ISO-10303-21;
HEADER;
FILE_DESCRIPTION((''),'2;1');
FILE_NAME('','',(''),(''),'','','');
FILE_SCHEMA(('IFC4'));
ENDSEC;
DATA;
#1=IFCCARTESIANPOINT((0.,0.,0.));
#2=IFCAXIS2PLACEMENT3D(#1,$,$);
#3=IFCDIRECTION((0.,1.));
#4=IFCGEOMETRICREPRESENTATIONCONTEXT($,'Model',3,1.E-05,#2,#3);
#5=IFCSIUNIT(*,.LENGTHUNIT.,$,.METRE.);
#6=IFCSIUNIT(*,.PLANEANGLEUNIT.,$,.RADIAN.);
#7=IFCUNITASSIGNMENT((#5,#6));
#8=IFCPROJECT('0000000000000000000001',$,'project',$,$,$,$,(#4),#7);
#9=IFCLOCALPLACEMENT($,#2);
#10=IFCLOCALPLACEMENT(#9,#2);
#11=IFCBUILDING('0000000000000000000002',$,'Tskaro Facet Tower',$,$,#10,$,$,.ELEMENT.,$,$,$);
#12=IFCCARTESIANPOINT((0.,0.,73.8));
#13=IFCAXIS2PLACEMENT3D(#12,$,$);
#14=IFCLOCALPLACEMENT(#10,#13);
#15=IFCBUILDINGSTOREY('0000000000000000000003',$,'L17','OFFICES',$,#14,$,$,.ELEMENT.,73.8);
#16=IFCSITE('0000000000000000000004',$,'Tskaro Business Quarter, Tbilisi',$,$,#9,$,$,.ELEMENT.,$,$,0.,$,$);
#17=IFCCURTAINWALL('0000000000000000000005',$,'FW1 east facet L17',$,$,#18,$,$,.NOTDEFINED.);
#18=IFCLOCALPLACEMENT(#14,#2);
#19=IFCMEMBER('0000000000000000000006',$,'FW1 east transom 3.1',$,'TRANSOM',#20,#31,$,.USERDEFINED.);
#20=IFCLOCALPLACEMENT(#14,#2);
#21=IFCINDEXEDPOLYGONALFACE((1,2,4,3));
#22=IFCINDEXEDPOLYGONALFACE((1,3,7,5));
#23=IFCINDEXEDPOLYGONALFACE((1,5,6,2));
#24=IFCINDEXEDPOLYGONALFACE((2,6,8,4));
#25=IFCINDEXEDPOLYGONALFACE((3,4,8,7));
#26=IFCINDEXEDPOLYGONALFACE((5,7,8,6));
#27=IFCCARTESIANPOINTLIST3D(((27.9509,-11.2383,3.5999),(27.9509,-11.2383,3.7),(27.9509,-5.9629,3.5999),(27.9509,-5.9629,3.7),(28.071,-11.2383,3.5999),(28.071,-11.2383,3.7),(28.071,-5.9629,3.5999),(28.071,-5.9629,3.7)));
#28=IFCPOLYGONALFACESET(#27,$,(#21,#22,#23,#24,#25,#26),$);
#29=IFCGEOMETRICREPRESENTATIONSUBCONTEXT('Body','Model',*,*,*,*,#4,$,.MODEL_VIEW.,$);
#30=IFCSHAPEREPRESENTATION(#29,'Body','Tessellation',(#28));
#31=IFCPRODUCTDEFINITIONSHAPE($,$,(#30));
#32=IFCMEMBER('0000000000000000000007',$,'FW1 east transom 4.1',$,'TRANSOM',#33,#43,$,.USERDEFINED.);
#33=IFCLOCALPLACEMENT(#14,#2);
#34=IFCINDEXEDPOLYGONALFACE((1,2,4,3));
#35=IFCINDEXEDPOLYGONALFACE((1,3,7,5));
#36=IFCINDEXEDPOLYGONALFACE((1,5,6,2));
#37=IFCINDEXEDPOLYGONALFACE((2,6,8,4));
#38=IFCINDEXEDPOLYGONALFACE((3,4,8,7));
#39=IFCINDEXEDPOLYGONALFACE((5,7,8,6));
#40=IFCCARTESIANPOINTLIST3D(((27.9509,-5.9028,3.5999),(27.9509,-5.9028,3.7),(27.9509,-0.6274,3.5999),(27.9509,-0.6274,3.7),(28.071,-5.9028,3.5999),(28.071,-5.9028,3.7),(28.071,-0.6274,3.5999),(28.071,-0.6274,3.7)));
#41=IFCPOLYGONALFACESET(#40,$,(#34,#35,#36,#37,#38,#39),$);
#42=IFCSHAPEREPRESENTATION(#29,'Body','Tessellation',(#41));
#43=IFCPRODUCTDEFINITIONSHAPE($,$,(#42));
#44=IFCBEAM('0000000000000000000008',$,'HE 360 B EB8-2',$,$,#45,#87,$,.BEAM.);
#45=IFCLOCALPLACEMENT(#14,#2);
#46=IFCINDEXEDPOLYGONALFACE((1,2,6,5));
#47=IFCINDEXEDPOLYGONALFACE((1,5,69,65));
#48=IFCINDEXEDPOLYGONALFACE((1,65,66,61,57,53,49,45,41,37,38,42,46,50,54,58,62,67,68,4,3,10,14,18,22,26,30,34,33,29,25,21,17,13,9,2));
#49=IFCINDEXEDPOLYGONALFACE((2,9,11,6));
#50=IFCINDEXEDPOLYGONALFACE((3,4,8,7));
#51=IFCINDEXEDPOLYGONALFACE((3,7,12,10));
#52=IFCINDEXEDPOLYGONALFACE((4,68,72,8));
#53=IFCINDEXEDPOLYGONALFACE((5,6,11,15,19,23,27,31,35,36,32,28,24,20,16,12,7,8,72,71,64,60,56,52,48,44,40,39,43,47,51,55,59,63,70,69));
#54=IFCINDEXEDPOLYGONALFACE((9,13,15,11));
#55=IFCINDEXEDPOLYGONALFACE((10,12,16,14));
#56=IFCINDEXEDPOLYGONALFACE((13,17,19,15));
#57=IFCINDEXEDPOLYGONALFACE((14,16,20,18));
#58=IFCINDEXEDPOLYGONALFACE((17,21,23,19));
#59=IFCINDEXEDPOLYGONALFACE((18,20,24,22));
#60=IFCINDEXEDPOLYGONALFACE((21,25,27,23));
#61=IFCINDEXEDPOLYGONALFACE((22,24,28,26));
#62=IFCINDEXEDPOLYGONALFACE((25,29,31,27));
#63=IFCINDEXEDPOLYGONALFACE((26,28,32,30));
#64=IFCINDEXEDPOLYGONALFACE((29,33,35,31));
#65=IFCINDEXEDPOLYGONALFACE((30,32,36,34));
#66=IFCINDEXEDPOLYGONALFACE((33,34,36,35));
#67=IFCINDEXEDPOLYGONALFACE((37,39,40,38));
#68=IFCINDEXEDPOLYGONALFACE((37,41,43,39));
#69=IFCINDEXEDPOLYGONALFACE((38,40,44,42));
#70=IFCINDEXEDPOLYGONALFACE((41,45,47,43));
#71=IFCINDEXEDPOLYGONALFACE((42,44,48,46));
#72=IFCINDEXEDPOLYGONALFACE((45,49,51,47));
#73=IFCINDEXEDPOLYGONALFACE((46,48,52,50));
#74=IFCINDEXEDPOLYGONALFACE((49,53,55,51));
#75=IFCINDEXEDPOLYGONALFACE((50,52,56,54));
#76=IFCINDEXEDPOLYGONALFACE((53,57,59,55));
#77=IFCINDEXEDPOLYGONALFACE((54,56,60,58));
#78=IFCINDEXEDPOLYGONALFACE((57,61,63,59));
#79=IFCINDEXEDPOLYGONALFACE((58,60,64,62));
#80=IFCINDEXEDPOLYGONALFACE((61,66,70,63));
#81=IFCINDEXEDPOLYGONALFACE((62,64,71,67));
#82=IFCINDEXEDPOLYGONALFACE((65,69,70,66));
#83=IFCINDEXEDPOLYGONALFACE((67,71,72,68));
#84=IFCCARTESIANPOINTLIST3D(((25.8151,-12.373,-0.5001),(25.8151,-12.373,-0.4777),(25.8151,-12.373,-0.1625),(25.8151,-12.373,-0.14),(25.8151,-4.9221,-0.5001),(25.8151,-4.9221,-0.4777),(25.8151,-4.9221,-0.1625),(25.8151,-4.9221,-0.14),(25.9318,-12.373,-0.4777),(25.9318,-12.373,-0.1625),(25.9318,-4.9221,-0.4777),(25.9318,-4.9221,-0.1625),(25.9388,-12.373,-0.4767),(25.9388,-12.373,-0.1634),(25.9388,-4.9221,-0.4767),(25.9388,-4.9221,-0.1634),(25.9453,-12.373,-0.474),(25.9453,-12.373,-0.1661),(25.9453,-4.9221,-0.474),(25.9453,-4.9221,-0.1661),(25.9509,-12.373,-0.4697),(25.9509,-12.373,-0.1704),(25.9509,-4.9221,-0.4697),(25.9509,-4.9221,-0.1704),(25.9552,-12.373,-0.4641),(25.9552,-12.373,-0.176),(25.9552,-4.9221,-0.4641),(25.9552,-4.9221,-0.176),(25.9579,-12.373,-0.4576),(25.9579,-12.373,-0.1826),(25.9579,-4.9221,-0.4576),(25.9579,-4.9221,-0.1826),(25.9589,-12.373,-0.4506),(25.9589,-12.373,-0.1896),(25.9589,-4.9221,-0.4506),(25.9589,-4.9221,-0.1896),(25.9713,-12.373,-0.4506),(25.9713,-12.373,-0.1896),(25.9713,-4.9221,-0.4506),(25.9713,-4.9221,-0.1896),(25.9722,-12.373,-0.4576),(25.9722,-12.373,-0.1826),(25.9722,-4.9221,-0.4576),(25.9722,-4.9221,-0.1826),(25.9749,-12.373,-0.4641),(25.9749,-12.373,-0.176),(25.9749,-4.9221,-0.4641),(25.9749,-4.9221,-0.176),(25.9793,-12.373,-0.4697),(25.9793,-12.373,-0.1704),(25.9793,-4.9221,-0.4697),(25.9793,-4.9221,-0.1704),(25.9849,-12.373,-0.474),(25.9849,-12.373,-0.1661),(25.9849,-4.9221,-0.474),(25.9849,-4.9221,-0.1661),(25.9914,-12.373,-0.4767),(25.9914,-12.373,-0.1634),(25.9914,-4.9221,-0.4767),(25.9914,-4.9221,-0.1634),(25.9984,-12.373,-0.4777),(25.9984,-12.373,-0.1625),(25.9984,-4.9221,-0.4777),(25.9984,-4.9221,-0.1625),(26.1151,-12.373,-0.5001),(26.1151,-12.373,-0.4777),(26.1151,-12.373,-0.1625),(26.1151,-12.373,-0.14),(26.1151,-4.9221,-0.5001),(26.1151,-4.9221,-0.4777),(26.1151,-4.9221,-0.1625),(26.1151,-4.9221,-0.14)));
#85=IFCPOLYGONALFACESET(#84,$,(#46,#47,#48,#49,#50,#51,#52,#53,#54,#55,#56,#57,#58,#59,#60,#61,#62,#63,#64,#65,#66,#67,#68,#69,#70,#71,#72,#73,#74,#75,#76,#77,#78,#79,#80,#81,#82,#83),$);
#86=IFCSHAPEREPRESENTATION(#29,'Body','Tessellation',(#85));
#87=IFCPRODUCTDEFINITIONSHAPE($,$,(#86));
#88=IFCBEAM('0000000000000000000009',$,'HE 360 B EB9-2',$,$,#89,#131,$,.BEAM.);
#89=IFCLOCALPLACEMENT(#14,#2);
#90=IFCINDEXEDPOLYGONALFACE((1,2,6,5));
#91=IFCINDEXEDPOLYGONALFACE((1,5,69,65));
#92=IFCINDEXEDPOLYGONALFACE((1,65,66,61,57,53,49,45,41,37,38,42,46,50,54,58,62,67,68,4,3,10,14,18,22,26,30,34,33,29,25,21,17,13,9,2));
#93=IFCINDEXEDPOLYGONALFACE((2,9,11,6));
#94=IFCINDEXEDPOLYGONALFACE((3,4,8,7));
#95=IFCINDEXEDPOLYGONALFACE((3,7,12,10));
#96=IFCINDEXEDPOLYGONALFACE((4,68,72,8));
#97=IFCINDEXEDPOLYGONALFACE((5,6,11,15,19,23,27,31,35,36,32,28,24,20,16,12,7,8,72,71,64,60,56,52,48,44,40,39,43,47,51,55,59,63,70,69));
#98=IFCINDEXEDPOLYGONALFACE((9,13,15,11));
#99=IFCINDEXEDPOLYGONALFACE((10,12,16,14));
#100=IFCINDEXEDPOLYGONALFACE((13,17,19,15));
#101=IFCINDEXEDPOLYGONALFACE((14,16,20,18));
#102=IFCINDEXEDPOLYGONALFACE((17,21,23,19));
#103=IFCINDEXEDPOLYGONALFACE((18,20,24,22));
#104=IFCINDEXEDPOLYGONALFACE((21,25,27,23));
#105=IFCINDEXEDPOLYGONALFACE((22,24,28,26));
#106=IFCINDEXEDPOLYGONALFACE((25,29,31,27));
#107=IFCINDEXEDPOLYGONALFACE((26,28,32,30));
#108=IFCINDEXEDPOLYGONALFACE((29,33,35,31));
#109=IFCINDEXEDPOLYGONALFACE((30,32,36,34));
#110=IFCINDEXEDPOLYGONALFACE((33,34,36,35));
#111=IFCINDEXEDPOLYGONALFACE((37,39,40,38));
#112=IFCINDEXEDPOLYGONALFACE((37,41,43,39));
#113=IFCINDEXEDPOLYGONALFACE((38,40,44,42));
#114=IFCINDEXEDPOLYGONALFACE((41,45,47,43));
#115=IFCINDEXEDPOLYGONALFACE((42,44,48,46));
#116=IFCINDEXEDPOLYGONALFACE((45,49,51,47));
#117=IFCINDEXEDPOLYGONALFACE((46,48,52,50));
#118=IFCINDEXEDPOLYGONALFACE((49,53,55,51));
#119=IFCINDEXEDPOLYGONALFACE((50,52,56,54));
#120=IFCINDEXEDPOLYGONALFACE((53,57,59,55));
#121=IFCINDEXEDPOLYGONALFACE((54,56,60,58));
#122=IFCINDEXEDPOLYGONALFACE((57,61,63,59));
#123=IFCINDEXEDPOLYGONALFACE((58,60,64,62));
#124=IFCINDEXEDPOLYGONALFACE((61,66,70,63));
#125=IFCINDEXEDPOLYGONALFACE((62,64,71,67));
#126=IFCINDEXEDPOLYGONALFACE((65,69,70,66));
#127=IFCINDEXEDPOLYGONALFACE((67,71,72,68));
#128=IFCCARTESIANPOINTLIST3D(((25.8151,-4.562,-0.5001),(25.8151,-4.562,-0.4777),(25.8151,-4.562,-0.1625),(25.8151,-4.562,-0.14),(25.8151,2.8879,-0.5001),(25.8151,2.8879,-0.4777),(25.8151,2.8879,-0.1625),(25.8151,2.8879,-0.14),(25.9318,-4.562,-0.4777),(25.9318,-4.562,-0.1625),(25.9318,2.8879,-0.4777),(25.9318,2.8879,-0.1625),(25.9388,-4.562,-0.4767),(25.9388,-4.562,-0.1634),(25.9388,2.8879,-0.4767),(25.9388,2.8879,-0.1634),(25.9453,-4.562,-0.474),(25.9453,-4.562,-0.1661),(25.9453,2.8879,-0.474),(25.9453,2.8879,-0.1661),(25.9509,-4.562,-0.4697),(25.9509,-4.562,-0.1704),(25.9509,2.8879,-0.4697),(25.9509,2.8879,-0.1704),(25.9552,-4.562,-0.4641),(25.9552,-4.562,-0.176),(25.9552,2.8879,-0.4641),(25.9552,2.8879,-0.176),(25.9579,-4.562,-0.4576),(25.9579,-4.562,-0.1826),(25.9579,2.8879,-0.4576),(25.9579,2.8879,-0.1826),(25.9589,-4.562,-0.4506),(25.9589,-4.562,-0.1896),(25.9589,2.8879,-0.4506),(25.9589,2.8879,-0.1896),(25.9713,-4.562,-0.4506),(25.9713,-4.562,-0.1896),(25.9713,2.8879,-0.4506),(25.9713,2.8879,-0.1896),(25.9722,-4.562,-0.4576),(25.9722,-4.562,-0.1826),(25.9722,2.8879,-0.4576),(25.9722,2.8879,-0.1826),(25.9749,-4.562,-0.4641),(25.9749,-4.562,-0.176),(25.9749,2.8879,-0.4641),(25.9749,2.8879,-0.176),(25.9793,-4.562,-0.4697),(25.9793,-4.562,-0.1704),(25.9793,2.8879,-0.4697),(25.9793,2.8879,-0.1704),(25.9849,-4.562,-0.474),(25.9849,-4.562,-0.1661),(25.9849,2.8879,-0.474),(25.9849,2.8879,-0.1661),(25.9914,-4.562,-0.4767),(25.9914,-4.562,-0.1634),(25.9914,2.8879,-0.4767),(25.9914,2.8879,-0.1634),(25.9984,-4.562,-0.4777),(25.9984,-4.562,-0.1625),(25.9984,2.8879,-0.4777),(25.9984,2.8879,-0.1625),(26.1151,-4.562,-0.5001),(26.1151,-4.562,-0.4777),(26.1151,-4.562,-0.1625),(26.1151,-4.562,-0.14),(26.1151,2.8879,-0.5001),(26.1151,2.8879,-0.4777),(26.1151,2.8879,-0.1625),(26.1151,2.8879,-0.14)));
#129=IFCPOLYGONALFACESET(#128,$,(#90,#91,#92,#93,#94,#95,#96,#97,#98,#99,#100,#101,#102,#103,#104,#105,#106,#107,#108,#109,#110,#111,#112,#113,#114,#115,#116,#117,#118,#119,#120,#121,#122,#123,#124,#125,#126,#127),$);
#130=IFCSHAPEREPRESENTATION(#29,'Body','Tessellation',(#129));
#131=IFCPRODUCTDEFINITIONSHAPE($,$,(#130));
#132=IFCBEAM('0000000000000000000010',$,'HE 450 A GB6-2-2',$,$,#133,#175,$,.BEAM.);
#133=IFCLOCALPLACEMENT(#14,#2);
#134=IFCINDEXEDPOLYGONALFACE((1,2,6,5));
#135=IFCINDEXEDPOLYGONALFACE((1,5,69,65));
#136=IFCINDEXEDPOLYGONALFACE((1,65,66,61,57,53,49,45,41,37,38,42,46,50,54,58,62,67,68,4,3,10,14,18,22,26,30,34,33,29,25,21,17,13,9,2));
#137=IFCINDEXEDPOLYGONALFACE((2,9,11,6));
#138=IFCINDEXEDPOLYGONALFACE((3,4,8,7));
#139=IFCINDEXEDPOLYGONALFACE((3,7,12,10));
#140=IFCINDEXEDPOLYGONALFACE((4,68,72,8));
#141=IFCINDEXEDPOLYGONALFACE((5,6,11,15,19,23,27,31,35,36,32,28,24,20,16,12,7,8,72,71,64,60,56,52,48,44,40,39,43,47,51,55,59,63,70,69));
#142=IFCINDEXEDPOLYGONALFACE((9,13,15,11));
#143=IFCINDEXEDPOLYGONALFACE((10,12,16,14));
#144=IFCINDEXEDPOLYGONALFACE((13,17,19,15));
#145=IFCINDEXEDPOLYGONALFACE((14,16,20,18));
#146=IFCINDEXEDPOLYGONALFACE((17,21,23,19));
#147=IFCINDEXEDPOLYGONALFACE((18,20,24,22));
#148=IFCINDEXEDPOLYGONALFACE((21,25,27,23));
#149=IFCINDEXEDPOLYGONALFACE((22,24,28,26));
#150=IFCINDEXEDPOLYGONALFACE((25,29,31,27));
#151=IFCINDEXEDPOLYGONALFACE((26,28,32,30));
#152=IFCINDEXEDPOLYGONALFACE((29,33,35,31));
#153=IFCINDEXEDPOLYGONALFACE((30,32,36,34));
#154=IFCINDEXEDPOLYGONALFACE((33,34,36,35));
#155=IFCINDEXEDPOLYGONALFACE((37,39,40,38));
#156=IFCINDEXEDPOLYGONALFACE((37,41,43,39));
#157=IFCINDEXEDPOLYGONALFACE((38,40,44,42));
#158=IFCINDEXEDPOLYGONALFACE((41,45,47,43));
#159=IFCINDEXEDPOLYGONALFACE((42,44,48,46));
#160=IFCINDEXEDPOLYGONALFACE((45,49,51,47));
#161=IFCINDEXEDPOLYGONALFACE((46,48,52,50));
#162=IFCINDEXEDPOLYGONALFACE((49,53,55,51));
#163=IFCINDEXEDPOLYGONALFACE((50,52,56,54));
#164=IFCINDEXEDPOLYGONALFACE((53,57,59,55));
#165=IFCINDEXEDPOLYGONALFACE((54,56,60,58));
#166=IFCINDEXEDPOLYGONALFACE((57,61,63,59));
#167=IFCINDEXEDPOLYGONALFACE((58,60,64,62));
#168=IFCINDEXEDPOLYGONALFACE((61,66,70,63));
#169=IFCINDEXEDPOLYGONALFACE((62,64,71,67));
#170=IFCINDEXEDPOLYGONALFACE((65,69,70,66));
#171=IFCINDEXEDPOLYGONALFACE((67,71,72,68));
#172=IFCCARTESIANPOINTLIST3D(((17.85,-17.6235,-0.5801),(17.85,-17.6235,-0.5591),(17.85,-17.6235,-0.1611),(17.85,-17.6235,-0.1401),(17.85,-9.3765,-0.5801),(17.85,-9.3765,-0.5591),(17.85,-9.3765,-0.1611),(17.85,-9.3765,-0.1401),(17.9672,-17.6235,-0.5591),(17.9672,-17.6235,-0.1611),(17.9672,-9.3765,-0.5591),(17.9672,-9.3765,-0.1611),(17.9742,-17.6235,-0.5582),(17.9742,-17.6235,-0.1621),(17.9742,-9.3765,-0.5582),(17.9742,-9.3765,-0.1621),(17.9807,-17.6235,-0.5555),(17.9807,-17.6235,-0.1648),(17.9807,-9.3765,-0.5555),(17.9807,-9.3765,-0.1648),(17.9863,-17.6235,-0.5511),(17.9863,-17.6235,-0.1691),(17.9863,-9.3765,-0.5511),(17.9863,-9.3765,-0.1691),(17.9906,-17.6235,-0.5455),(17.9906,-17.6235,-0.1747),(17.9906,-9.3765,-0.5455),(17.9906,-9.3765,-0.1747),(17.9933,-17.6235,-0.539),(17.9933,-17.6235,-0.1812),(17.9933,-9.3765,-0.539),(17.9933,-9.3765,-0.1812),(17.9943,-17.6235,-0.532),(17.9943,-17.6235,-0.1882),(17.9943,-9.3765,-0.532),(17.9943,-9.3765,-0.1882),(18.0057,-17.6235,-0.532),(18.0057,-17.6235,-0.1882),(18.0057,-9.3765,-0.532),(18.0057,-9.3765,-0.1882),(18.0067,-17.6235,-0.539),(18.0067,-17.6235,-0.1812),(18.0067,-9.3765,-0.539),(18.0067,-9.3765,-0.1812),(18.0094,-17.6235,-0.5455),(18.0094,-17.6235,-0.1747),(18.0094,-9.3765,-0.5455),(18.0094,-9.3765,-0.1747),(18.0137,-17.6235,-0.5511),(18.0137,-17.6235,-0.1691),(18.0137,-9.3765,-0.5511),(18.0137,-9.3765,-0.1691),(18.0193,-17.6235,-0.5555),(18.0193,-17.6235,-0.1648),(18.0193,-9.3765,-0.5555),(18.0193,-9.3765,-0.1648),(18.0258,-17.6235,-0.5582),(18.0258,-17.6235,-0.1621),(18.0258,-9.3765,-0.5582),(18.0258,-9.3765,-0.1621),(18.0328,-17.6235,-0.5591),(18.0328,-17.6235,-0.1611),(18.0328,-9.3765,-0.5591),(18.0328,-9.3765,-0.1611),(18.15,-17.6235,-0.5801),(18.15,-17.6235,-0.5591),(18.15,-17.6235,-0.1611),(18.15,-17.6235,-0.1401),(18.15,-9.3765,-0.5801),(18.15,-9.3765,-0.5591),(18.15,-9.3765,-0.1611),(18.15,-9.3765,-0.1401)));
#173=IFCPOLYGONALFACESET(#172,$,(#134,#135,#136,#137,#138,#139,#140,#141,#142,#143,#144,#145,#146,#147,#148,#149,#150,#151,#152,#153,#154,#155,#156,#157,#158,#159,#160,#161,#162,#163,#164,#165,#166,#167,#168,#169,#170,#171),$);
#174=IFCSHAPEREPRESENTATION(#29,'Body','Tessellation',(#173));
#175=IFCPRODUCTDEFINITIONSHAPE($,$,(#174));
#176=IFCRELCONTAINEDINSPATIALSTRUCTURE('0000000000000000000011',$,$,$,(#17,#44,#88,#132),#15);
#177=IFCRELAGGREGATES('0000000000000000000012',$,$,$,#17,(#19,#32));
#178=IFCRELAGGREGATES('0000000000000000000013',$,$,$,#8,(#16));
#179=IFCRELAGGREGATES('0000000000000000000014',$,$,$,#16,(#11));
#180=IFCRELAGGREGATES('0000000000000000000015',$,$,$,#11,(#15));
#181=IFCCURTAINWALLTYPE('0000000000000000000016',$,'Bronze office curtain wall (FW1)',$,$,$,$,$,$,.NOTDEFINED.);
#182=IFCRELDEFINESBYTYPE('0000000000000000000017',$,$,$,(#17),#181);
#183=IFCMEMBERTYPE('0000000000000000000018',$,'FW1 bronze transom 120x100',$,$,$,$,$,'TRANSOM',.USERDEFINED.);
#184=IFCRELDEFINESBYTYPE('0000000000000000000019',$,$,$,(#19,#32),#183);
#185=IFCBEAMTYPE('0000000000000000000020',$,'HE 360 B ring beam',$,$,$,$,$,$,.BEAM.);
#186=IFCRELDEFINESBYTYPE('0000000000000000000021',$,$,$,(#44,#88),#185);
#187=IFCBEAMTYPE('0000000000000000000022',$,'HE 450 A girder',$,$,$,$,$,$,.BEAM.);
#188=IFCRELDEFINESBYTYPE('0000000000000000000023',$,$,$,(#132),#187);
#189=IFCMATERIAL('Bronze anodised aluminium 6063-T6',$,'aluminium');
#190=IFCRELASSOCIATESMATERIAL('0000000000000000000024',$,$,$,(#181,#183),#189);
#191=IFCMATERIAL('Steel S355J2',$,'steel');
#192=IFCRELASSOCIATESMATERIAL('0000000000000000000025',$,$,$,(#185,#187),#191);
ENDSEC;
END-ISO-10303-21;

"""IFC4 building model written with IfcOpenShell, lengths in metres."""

from ifc_helpers import new_model, si_unit, direction, frame, origin, origin_2d, place, context, subcontext, project, spatial, rectangle, i_section, extrude, material, material_profile, profile_set, type_object, element, aggregate, save


model = new_model("IFC4")

# Units and contexts
model_context = context("Model", 3, precision=1e-05, world=origin(), true_north=direction((0.0, 1.0)))
body_context = subcontext(model_context, "Body", "Model", "MODEL_VIEW")
ifc_project = project(units=[si_unit("LENGTHUNIT", "METRE"), si_unit("PLANEANGLEUNIT", "RADIAN")], contexts=[model_context])

# Site, building, storey
site_placement = place(None, origin())
site = spatial("IfcSite", under=ifc_project, at=site_placement, Name="Tskaro Business Quarter, Tbilisi", CompositionType="ELEMENT", RefElevation=0.0)
building_placement = place(site_placement, origin())
building = spatial("IfcBuilding", under=site, at=building_placement, Name="Tskaro Facet Tower", CompositionType="ELEMENT")
storey_placement = place(building_placement, frame((0.0, 0.0, 73.8)))
storey = spatial("IfcBuildingStorey", under=building, at=storey_placement, Name="L17", Description="OFFICES", CompositionType="ELEMENT", Elevation=73.8)

# Curtain wall, members
ifc_material_1 = material(Name="Bronze anodised aluminium 6063-T6", Category="aluminium")
curtain_wall_type = type_object("IfcCurtainWallType", Name="Bronze office curtain wall (FW1)", PredefinedType="NOTDEFINED", material=ifc_material_1)
curtain_wall_placement = place(storey_placement, origin())
curtain_wall = element("IfcCurtainWall", 1, at=curtain_wall_placement, inside=storey, type_object=curtain_wall_type, Name="FW1 east facet L17", PredefinedType="NOTDEFINED")
ifc_material_profile_1 = material_profile(ifc_material_1, rectangle(XDim=0.1201, YDim=0.1001, at=origin_2d()), Name="Transom 120x100")
ifc_profile_set_1 = profile_set([ifc_material_profile_1], Name="Bronze anodised aluminium 6063-T6")
member_type_1 = type_object("IfcMemberType", Name="FW1 bronze transom 120x100", ElementType="TRANSOM", PredefinedType="USERDEFINED", material=ifc_profile_set_1)
member_1_placement = place(storey_placement, frame((28.011, -11.2383, 3.6499), z_axis=(0.0, 1.0, 0.0), x_axis=(-1.0, 0.0, 0.0)))
member_1 = element("IfcMember", 2, at=member_1_placement, type_object=member_type_1, Name="FW1 east transom 3.1", ObjectType="TRANSOM", PredefinedType="USERDEFINED", context=body_context, shape_type="SweptSolid", body=[
    extrude(rectangle(XDim=0.1201, YDim=0.1001, at=origin_2d()), origin(), (0.0, 0.0, 1.0), 5.2754),
])
member_2_placement = place(storey_placement, frame((28.011, -5.9028, 3.6499), z_axis=(0.0, 1.0, 0.0), x_axis=(-1.0, 0.0, 0.0)))
member_2 = element("IfcMember", 3, at=member_2_placement, type_object=member_type_1, Name="FW1 east transom 4.1", ObjectType="TRANSOM", PredefinedType="USERDEFINED", context=body_context, shape_type="SweptSolid", body=[
    extrude(rectangle(XDim=0.1201, YDim=0.1001, at=origin_2d()), origin(), (0.0, 0.0, 1.0), 5.2754),
])

# Beams
ifc_material_2 = material(Name="Steel S355J2", Category="steel")
ifc_material_profile_2 = material_profile(ifc_material_2, i_section(OverallWidth=0.3, OverallDepth=0.3601, WebThickness=0.0125, FlangeThickness=0.0225, FilletRadius=0.0271, at=origin_2d()), Name="HE 360 B")
ifc_profile_set_2 = profile_set([ifc_material_profile_2], Name="Steel S355J2")
beam_type_1 = type_object("IfcBeamType", Name="HE 360 B ring beam", PredefinedType="BEAM", material=ifc_profile_set_2)
beam_1_placement = place(storey_placement, frame((25.9651, -12.373, -0.3201), z_axis=(0.0, 1.0, 0.0), x_axis=(-1.0, 0.0, 0.0)))
element("IfcBeam", 4, at=beam_1_placement, inside=storey, type_object=beam_type_1, Name="HE 360 B EB8-2", PredefinedType="BEAM", context=body_context, shape_type="SweptSolid", body=[
    extrude(i_section(OverallWidth=0.3, OverallDepth=0.3601, WebThickness=0.0125, FlangeThickness=0.0225, FilletRadius=0.0271, at=origin_2d()), origin(), (0.0, 0.0, 1.0), 7.4509),
])
beam_2_placement = place(storey_placement, frame((25.9651, -4.562, -0.3201), z_axis=(0.0, 1.0, 0.0), x_axis=(-1.0, 0.0, 0.0)))
element("IfcBeam", 5, at=beam_2_placement, inside=storey, type_object=beam_type_1, Name="HE 360 B EB9-2", PredefinedType="BEAM", context=body_context, shape_type="SweptSolid", body=[
    extrude(i_section(OverallWidth=0.3, OverallDepth=0.3601, WebThickness=0.0125, FlangeThickness=0.0225, FilletRadius=0.0271, at=origin_2d()), origin(), (0.0, 0.0, 1.0), 7.45),
])
ifc_material_profile_3 = material_profile(ifc_material_2, i_section(OverallWidth=0.3, OverallDepth=0.4399, WebThickness=0.0115, FlangeThickness=0.021, FilletRadius=0.0271, at=origin_2d()), Name="HE 450 A")
ifc_profile_set_3 = profile_set([ifc_material_profile_3], Name="Steel S355J2")
beam_type_2 = type_object("IfcBeamType", Name="HE 450 A girder", PredefinedType="BEAM", material=ifc_profile_set_3)
for number, where, z_axis, x_axis, name in (
    (6, (18.0, -17.6235, -0.3601), (0.0, 1.0, 0.0), (-1.0, 0.0, 0.0), "HE 450 A GB6-2-2"),
):
    element("IfcBeam", number, at=place(storey_placement, frame(where, z_axis=z_axis, x_axis=x_axis)), inside=storey, type_object=beam_type_2, Name=name, PredefinedType="BEAM", context=body_context, shape_type="SweptSolid", body=[
        extrude(i_section(OverallWidth=0.3, OverallDepth=0.4399, WebThickness=0.0115, FlangeThickness=0.021, FilletRadius=0.0271, at=origin_2d()), origin(), (0.0, 0.0, 1.0), 8.2471),
    ])

aggregate(curtain_wall, [member_1, member_2])

save(model, "model.ifc")
